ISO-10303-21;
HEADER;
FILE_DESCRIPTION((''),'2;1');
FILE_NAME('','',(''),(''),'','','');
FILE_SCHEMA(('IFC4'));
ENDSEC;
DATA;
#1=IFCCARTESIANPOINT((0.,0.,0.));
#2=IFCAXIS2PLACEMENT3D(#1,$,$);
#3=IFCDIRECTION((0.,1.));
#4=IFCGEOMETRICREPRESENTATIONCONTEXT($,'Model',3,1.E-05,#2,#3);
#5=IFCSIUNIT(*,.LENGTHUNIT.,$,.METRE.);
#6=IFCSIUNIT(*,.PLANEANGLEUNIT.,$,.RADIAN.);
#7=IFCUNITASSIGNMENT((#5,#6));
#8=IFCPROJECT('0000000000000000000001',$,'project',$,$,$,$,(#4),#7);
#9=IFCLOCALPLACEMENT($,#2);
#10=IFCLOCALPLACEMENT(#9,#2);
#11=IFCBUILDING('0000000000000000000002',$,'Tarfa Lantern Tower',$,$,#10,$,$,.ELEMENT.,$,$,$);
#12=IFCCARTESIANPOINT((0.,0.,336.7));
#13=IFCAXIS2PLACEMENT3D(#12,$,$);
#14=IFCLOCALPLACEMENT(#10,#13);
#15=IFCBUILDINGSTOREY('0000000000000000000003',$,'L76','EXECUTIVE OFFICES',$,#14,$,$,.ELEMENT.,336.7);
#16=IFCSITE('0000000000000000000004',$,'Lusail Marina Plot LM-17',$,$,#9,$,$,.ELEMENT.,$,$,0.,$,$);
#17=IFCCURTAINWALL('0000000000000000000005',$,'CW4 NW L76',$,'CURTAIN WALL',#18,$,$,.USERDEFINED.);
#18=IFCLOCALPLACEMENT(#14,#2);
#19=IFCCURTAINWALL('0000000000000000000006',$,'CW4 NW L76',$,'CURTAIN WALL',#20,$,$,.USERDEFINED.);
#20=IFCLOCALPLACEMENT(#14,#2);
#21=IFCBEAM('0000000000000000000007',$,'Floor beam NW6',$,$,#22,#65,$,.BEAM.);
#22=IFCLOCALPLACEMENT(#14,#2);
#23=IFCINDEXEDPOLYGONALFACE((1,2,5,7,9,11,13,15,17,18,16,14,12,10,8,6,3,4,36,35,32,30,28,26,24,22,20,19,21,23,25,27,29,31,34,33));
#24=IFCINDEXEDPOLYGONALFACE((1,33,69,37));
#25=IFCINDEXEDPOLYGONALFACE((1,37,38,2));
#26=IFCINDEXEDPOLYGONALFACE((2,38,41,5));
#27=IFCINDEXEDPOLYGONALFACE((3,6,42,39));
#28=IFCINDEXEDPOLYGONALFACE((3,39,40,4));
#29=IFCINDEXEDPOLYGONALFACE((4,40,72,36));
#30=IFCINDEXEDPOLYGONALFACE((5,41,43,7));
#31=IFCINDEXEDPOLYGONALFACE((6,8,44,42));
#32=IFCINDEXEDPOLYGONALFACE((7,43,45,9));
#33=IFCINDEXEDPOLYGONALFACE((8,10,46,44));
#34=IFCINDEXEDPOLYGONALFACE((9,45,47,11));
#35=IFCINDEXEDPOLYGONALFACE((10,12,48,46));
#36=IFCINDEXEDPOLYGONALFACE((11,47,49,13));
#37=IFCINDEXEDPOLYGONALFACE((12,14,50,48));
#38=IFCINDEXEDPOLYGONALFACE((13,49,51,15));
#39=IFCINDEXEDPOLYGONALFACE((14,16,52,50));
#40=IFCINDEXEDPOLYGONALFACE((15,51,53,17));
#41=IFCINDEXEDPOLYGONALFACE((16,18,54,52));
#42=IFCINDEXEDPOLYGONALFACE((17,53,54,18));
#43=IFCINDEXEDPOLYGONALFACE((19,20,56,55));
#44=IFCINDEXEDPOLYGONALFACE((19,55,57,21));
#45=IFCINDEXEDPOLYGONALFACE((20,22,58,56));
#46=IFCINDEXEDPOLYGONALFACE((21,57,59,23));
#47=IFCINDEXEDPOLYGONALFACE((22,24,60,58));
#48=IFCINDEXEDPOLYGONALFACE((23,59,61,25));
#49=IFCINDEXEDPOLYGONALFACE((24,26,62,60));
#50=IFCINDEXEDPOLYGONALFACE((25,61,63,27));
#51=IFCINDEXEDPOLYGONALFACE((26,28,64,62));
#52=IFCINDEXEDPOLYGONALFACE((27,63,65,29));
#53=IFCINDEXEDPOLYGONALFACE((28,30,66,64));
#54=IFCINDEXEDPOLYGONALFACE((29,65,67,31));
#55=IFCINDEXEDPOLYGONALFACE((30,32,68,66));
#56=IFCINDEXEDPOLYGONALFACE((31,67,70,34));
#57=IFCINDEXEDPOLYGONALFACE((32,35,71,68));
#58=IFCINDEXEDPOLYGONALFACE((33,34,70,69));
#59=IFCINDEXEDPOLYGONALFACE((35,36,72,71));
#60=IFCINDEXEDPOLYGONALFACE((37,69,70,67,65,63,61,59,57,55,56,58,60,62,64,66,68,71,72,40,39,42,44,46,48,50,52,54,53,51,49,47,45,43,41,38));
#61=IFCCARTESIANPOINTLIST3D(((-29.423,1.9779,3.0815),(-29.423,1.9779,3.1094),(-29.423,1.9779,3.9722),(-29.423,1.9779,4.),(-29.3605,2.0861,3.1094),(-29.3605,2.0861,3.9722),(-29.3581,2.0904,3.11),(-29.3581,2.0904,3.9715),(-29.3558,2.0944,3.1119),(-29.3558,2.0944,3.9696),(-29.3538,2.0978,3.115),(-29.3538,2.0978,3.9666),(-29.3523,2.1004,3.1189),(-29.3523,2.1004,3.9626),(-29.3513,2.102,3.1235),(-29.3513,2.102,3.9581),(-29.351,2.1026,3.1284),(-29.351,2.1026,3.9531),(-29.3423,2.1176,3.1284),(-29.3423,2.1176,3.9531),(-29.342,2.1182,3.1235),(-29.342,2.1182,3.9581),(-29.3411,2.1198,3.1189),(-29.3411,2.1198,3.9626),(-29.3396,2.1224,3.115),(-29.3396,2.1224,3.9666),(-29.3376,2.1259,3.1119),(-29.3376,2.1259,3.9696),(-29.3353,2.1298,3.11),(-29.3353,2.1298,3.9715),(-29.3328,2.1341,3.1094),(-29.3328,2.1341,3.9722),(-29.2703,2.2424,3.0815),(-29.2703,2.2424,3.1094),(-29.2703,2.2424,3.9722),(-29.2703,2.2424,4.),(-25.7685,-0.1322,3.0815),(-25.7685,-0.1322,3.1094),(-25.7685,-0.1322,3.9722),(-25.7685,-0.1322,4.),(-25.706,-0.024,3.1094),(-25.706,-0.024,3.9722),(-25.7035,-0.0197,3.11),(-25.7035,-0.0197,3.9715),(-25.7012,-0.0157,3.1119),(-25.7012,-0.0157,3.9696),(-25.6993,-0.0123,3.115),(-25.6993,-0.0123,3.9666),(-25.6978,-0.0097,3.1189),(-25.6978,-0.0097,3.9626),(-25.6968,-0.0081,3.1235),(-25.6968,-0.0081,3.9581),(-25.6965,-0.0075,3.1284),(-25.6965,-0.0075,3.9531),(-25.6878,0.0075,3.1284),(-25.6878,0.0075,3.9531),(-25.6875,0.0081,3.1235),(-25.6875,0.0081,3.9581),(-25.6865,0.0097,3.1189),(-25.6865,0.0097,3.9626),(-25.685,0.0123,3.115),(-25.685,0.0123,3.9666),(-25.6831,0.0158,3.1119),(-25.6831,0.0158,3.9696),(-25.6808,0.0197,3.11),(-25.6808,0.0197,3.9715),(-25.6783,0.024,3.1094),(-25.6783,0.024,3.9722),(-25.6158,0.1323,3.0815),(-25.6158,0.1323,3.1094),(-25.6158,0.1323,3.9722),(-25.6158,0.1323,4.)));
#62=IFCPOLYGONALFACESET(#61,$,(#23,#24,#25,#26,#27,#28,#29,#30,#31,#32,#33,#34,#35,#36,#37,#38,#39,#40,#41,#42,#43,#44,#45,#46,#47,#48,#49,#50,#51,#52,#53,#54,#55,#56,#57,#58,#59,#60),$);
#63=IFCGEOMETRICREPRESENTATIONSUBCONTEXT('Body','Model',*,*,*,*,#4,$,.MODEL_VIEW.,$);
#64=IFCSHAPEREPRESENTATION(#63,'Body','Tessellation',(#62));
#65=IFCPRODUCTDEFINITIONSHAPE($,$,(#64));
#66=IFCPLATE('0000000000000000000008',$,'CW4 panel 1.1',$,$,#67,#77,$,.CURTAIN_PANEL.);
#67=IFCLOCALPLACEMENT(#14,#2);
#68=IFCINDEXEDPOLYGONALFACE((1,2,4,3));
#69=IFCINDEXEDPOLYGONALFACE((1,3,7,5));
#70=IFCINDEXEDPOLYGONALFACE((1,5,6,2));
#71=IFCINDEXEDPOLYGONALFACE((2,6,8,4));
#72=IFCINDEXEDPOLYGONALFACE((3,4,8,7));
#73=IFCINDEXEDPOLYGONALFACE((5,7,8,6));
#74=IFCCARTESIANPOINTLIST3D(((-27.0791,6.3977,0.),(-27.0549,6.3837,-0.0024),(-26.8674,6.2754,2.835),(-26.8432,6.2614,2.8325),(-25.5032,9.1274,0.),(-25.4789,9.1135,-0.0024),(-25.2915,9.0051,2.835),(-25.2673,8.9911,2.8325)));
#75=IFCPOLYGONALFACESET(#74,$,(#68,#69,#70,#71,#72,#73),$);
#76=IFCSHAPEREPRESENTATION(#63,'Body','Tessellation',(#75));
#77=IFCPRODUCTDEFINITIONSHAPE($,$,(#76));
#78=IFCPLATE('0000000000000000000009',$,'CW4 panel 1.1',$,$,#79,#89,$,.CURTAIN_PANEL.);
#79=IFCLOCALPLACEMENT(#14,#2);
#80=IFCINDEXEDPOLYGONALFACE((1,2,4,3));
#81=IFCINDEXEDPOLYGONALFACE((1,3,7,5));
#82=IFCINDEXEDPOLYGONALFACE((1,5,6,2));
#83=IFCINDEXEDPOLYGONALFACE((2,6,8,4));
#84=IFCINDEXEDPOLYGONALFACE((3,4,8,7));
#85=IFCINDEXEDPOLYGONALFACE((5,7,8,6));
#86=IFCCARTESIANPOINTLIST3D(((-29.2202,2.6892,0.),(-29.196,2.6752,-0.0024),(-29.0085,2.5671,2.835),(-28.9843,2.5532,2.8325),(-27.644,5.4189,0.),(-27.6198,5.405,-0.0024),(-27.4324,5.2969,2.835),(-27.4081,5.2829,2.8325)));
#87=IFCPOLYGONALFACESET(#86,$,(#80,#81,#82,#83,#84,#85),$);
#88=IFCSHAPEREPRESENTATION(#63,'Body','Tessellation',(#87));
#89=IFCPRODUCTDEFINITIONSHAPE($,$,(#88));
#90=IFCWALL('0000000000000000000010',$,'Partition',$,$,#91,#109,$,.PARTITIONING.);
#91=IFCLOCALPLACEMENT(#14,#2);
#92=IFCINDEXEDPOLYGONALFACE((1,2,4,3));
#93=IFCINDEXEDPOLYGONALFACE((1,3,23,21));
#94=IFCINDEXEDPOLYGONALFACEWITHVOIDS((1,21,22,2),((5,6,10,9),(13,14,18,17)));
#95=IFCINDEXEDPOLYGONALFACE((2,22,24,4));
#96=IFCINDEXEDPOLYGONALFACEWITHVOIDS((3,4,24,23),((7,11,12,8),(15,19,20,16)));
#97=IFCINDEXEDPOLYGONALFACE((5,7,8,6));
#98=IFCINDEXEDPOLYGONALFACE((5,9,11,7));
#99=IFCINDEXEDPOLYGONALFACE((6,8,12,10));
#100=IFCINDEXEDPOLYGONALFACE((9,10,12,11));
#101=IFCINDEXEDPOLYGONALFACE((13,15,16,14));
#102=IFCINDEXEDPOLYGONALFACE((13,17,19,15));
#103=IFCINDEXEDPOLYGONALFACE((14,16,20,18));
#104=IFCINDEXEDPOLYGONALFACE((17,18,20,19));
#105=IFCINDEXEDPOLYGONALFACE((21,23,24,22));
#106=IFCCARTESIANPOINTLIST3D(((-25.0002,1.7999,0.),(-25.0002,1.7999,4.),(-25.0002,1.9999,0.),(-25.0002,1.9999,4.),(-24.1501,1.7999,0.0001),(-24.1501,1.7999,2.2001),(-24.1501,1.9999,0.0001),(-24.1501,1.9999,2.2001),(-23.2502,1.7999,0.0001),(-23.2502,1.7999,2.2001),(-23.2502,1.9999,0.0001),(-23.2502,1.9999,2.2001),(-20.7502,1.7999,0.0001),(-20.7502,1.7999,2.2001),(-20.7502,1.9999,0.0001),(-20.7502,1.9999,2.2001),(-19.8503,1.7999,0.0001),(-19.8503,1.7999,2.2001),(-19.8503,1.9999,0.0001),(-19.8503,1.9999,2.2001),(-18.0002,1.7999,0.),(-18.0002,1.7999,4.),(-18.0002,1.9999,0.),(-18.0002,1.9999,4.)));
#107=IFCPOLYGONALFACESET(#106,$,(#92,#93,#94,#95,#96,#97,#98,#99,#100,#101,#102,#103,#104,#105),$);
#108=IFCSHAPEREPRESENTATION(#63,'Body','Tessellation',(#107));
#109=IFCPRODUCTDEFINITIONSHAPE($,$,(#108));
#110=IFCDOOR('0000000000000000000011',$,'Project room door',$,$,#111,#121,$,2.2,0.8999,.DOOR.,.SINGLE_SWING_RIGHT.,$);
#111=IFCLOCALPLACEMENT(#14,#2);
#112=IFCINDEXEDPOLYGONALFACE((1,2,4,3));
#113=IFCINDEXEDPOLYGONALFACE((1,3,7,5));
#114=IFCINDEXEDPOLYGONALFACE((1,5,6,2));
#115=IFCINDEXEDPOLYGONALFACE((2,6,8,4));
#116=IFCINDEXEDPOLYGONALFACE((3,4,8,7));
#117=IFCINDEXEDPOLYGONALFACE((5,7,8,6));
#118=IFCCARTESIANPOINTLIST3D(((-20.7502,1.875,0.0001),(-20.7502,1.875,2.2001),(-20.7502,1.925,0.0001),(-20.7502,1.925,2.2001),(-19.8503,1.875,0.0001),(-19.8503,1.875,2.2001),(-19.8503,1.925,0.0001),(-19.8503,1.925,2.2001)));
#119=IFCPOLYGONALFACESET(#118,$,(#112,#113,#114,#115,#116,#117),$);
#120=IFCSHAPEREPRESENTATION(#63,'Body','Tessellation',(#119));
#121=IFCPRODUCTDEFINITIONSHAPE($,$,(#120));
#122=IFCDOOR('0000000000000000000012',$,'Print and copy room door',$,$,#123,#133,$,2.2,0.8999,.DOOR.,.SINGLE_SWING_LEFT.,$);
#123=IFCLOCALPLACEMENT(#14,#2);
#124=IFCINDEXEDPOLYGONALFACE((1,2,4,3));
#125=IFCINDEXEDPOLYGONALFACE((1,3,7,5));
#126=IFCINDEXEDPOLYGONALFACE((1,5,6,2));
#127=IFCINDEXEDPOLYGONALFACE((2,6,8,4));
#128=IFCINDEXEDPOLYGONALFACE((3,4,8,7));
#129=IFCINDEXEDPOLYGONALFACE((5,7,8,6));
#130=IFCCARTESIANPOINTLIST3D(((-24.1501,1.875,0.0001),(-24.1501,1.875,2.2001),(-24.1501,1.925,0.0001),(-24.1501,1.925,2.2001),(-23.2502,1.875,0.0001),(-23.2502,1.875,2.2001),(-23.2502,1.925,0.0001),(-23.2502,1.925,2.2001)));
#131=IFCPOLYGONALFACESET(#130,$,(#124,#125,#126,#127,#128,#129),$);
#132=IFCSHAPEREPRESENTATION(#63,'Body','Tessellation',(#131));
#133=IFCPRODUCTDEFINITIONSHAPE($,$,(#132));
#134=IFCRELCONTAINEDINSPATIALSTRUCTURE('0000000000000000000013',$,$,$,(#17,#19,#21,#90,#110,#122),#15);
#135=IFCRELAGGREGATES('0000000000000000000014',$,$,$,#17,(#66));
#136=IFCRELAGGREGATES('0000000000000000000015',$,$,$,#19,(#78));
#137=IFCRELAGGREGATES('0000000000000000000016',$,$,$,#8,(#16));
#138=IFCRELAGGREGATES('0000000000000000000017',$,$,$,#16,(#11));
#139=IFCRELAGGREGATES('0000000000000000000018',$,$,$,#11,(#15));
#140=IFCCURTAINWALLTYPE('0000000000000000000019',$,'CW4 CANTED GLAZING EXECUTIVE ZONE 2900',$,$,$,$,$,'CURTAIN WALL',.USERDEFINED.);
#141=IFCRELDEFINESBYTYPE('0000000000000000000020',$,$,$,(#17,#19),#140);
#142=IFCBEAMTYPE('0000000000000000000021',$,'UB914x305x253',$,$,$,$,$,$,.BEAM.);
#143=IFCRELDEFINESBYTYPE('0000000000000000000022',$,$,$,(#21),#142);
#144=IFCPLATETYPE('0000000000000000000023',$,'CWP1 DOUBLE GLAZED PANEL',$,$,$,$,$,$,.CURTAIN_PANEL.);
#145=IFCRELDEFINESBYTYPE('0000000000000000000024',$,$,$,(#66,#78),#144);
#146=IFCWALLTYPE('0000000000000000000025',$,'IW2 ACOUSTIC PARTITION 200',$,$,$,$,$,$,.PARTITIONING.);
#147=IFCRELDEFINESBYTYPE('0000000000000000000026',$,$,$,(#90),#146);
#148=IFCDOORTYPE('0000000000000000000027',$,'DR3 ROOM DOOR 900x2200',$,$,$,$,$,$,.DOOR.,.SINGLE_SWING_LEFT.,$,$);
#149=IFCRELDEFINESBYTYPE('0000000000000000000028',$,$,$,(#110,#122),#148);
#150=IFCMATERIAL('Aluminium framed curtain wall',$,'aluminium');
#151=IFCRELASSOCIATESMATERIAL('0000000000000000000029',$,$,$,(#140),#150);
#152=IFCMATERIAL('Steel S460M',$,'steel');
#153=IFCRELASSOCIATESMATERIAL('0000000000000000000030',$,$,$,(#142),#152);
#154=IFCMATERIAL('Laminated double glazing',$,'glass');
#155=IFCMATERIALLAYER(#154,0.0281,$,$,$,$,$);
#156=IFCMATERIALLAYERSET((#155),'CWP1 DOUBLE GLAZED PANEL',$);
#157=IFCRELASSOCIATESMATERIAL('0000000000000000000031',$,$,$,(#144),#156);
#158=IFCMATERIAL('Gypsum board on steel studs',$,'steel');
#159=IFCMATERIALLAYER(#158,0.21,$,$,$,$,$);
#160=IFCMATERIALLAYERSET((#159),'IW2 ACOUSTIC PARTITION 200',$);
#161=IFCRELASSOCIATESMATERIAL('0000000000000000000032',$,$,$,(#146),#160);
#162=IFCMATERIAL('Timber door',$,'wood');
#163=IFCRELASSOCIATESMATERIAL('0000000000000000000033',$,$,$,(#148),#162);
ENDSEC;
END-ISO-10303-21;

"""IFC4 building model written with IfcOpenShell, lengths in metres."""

from ifc_helpers import new_model, si_unit, direction, frame, frame_2d, origin, origin_2d, place, context, subcontext, project, spatial, polyline, rectangle, i_section, outline, extrude, material, layer, layer_set, material_profile, profile_set, type_object, element, fill, aggregate, save


model = new_model("IFC4")

# Units and contexts
model_context = context("Model", 3, precision=1e-05, world=origin(), true_north=direction((0.0, 1.0)))
body_context = subcontext(model_context, "Body", "Model", "MODEL_VIEW")
ifc_project = project(units=[si_unit("LENGTHUNIT", "METRE"), si_unit("PLANEANGLEUNIT", "RADIAN")], contexts=[model_context])

# Site, building, storey
site_placement = place(None, origin())
site = spatial("IfcSite", under=ifc_project, at=site_placement, Name="Lusail Marina Plot LM-17", CompositionType="ELEMENT", RefElevation=0.0)
building_placement = place(site_placement, origin())
building = spatial("IfcBuilding", under=site, at=building_placement, Name="Tarfa Lantern Tower", CompositionType="ELEMENT")
storey_placement = place(building_placement, frame((0.0, 0.0, 336.7)))
storey = spatial("IfcBuildingStorey", under=building, at=storey_placement, Name="L76", Description="EXECUTIVE OFFICES", CompositionType="ELEMENT", Elevation=336.7)

# Shared definitions
ifc_material_1 = material(Name="Aluminium framed curtain wall", Category="aluminium")
curtain_wall_type = type_object("IfcCurtainWallType", Name="CW4 CANTED GLAZING EXECUTIVE ZONE 2900", ElementType="CURTAIN WALL", PredefinedType="USERDEFINED", material=ifc_material_1)

# Curtain walls
curtain_wall_1_placement = place(storey_placement, origin())
curtain_wall_1 = element("IfcCurtainWall", 1, at=curtain_wall_1_placement, inside=storey, type_object=curtain_wall_type, Name="CW4 NW L76", ObjectType="CURTAIN WALL", PredefinedType="USERDEFINED")
curtain_wall_2_placement = place(storey_placement, origin())
curtain_wall_2 = element("IfcCurtainWall", 2, at=curtain_wall_2_placement, inside=storey, type_object=curtain_wall_type, Name="CW4 NW L76", ObjectType="CURTAIN WALL", PredefinedType="USERDEFINED")

# Beam
ifc_material_2 = material(Name="Steel S460M", Category="steel")
ifc_material_profile_1 = material_profile(ifc_material_2, i_section(OverallWidth=0.3054, OverallDepth=0.9185, WebThickness=0.0173, FlangeThickness=0.0278, FilletRadius=0.019, at=origin_2d()), Name="UB914x305x253")
ifc_profile_set_1 = profile_set([ifc_material_profile_1], Name="Steel S460M")
beam_type_1 = type_object("IfcBeamType", Name="UB914x305x253", PredefinedType="BEAM", material=ifc_profile_set_1)
beam_1_placement = place(storey_placement, frame((-29.3467, 2.1101, 3.5408), z_axis=(0.866009, -0.500028, 0.0), x_axis=(0.500028, 0.866009, 0.0)))
element("IfcBeam", 3, at=beam_1_placement, inside=storey, type_object=beam_type_1, Name="Floor beam NW6", PredefinedType="BEAM", context=body_context, shape_type="SweptSolid", body=[
    extrude(i_section(OverallWidth=0.3054, OverallDepth=0.9185, WebThickness=0.0173, FlangeThickness=0.0278, FilletRadius=0.019, at=origin_2d()), origin(), (0.0, 0.0, 1.0), 4.22),
])

# Plates
ifc_material_3 = material(Name="Laminated double glazing", Category="glass")
ifc_layer_1 = layer(ifc_material_3, 0.0281)
ifc_layer_set_1 = layer_set([ifc_layer_1], Name="CWP1 DOUBLE GLAZED PANEL")
plate_type = type_object("IfcPlateType", Name="CWP1 DOUBLE GLAZED PANEL", PredefinedType="CURTAIN_PANEL", material=ifc_layer_set_1)
plate_1_placement = place(storey_placement, frame((-25.5032, 9.1274, 0.0), z_axis=(-0.862835, 0.498131, 0.085915), x_axis=(-0.499979, -0.866037, 0.0)))
plate_1 = element("IfcPlate", 4, at=plate_1_placement, type_object=plate_type, Name="CW4 panel 1.1", PredefinedType="CURTAIN_PANEL", context=body_context, shape_type="SweptSolid", body=[
    extrude(outline(polyline([(0.0, 0.0), (3.152, 0.0), (3.1521, 2.8455), (0.0001, 2.8455), (0.0, 0.0)])), origin(), (0.0, 0.0, -1.0), 0.0281),
])
aggregate(curtain_wall_1, [plate_1])
plate_2_placement = place(storey_placement, frame((-27.644, 5.4189, 0.0), z_axis=(-0.862805, 0.498191, 0.085872), x_axis=(-0.500038, -0.866004, 0.0)))
plate_2 = element("IfcPlate", 5, at=plate_2_placement, type_object=plate_type, Name="CW4 panel 1.1", PredefinedType="CURTAIN_PANEL", context=body_context, shape_type="SweptSolid", body=[
    extrude(outline(polyline([(0.0, 0.0), (3.1521, 0.0), (3.152, 2.8455), (-0.0001, 2.8455), (0.0, 0.0)])), origin(), (0.0, 0.0, -1.0), 0.0281),
])
aggregate(curtain_wall_2, [plate_2])

# Wall, openings, doors
ifc_material_4 = material(Name="Gypsum board on steel studs", Category="steel")
ifc_layer_2 = layer(ifc_material_4, 0.21)
ifc_layer_set_2 = layer_set([ifc_layer_2], Name="IW2 ACOUSTIC PARTITION 200")
wall_type = type_object("IfcWallType", Name="IW2 ACOUSTIC PARTITION 200", PredefinedType="PARTITIONING", material=ifc_layer_set_2)
wall_placement = place(storey_placement, frame((-18.0002, 1.8999, 0.0), z_axis=(0.0, 0.0, 1.0), x_axis=(-1.0, 0.0, 0.0)))
wall = element("IfcWall", 6, at=wall_placement, inside=storey, type_object=wall_type, Name="Partition", PredefinedType="PARTITIONING", context=body_context, shape_type="SweptSolid", body=[
    extrude(rectangle(XDim=7.0, YDim=0.2, at=frame_2d((3.5, 0.0))), origin(), (0.0, 0.0, 1.0), 4.0),
])
opening_1_placement = place(wall_placement, frame((1.8501, 0.0, 0.0)))
opening_1 = element("IfcOpeningElement", 7, at=opening_1_placement, cuts=wall, PredefinedType="OPENING", context=body_context, shape_type="SweptSolid", body=[
    extrude(rectangle(XDim=0.8999, YDim=2.2, at=frame_2d((0.45, 1.1001))), frame((0.0, 0.1099, 0.0), z_axis=(0.0, -1.0, 0.0), x_axis=(1.0, 0.0, 0.0)), (0.0, 0.0, 1.0), 0.22),
])
opening_2_placement = place(wall_placement, frame((5.25, 0.0, 0.0)))
opening_2 = element("IfcOpeningElement", 8, at=opening_2_placement, cuts=wall, PredefinedType="OPENING", context=body_context, shape_type="SweptSolid", body=[
    extrude(rectangle(XDim=0.8999, YDim=2.2, at=frame_2d((0.45, 1.1001))), frame((0.0, 0.1099, 0.0), z_axis=(0.0, -1.0, 0.0), x_axis=(1.0, 0.0, 0.0)), (0.0, 0.0, 1.0), 0.22),
])
ifc_material_5 = material(Name="Timber door", Category="wood")
door_type = type_object("IfcDoorType", Name="DR3 ROOM DOOR 900x2200", OperationType="SINGLE_SWING_LEFT", PredefinedType="DOOR", material=ifc_material_5)
door_1_placement = place(opening_1_placement, origin())
door_1 = element("IfcDoor", 9, at=door_1_placement, inside=storey, type_object=door_type, Name="Project room door", OperationType="SINGLE_SWING_RIGHT", OverallHeight=2.2, OverallWidth=0.8999, PredefinedType="DOOR", context=body_context, shape_type="SweptSolid", body=[
    extrude(rectangle(XDim=0.8999, YDim=2.2, at=frame_2d((0.45, 1.1001))), frame((0.0, 0.0249, 0.0), z_axis=(0.0, -1.0, 0.0), x_axis=(1.0, 0.0, 0.0)), (0.0, 0.0, 1.0), 0.05),
])
fill(opening_1, door_1)
door_2_placement = place(opening_2_placement, origin())
door_2 = element("IfcDoor", 10, at=door_2_placement, inside=storey, type_object=door_type, Name="Print and copy room door", OperationType="SINGLE_SWING_LEFT", OverallHeight=2.2, OverallWidth=0.8999, PredefinedType="DOOR", context=body_context, shape_type="SweptSolid", body=[
    extrude(rectangle(XDim=0.8999, YDim=2.2, at=frame_2d((0.45, 1.1001))), frame((0.0, 0.0249, 0.0), z_axis=(0.0, -1.0, 0.0), x_axis=(1.0, 0.0, 0.0)), (0.0, 0.0, 1.0), 0.05),
])
fill(opening_2, door_2)

save(model, "model.ifc")
